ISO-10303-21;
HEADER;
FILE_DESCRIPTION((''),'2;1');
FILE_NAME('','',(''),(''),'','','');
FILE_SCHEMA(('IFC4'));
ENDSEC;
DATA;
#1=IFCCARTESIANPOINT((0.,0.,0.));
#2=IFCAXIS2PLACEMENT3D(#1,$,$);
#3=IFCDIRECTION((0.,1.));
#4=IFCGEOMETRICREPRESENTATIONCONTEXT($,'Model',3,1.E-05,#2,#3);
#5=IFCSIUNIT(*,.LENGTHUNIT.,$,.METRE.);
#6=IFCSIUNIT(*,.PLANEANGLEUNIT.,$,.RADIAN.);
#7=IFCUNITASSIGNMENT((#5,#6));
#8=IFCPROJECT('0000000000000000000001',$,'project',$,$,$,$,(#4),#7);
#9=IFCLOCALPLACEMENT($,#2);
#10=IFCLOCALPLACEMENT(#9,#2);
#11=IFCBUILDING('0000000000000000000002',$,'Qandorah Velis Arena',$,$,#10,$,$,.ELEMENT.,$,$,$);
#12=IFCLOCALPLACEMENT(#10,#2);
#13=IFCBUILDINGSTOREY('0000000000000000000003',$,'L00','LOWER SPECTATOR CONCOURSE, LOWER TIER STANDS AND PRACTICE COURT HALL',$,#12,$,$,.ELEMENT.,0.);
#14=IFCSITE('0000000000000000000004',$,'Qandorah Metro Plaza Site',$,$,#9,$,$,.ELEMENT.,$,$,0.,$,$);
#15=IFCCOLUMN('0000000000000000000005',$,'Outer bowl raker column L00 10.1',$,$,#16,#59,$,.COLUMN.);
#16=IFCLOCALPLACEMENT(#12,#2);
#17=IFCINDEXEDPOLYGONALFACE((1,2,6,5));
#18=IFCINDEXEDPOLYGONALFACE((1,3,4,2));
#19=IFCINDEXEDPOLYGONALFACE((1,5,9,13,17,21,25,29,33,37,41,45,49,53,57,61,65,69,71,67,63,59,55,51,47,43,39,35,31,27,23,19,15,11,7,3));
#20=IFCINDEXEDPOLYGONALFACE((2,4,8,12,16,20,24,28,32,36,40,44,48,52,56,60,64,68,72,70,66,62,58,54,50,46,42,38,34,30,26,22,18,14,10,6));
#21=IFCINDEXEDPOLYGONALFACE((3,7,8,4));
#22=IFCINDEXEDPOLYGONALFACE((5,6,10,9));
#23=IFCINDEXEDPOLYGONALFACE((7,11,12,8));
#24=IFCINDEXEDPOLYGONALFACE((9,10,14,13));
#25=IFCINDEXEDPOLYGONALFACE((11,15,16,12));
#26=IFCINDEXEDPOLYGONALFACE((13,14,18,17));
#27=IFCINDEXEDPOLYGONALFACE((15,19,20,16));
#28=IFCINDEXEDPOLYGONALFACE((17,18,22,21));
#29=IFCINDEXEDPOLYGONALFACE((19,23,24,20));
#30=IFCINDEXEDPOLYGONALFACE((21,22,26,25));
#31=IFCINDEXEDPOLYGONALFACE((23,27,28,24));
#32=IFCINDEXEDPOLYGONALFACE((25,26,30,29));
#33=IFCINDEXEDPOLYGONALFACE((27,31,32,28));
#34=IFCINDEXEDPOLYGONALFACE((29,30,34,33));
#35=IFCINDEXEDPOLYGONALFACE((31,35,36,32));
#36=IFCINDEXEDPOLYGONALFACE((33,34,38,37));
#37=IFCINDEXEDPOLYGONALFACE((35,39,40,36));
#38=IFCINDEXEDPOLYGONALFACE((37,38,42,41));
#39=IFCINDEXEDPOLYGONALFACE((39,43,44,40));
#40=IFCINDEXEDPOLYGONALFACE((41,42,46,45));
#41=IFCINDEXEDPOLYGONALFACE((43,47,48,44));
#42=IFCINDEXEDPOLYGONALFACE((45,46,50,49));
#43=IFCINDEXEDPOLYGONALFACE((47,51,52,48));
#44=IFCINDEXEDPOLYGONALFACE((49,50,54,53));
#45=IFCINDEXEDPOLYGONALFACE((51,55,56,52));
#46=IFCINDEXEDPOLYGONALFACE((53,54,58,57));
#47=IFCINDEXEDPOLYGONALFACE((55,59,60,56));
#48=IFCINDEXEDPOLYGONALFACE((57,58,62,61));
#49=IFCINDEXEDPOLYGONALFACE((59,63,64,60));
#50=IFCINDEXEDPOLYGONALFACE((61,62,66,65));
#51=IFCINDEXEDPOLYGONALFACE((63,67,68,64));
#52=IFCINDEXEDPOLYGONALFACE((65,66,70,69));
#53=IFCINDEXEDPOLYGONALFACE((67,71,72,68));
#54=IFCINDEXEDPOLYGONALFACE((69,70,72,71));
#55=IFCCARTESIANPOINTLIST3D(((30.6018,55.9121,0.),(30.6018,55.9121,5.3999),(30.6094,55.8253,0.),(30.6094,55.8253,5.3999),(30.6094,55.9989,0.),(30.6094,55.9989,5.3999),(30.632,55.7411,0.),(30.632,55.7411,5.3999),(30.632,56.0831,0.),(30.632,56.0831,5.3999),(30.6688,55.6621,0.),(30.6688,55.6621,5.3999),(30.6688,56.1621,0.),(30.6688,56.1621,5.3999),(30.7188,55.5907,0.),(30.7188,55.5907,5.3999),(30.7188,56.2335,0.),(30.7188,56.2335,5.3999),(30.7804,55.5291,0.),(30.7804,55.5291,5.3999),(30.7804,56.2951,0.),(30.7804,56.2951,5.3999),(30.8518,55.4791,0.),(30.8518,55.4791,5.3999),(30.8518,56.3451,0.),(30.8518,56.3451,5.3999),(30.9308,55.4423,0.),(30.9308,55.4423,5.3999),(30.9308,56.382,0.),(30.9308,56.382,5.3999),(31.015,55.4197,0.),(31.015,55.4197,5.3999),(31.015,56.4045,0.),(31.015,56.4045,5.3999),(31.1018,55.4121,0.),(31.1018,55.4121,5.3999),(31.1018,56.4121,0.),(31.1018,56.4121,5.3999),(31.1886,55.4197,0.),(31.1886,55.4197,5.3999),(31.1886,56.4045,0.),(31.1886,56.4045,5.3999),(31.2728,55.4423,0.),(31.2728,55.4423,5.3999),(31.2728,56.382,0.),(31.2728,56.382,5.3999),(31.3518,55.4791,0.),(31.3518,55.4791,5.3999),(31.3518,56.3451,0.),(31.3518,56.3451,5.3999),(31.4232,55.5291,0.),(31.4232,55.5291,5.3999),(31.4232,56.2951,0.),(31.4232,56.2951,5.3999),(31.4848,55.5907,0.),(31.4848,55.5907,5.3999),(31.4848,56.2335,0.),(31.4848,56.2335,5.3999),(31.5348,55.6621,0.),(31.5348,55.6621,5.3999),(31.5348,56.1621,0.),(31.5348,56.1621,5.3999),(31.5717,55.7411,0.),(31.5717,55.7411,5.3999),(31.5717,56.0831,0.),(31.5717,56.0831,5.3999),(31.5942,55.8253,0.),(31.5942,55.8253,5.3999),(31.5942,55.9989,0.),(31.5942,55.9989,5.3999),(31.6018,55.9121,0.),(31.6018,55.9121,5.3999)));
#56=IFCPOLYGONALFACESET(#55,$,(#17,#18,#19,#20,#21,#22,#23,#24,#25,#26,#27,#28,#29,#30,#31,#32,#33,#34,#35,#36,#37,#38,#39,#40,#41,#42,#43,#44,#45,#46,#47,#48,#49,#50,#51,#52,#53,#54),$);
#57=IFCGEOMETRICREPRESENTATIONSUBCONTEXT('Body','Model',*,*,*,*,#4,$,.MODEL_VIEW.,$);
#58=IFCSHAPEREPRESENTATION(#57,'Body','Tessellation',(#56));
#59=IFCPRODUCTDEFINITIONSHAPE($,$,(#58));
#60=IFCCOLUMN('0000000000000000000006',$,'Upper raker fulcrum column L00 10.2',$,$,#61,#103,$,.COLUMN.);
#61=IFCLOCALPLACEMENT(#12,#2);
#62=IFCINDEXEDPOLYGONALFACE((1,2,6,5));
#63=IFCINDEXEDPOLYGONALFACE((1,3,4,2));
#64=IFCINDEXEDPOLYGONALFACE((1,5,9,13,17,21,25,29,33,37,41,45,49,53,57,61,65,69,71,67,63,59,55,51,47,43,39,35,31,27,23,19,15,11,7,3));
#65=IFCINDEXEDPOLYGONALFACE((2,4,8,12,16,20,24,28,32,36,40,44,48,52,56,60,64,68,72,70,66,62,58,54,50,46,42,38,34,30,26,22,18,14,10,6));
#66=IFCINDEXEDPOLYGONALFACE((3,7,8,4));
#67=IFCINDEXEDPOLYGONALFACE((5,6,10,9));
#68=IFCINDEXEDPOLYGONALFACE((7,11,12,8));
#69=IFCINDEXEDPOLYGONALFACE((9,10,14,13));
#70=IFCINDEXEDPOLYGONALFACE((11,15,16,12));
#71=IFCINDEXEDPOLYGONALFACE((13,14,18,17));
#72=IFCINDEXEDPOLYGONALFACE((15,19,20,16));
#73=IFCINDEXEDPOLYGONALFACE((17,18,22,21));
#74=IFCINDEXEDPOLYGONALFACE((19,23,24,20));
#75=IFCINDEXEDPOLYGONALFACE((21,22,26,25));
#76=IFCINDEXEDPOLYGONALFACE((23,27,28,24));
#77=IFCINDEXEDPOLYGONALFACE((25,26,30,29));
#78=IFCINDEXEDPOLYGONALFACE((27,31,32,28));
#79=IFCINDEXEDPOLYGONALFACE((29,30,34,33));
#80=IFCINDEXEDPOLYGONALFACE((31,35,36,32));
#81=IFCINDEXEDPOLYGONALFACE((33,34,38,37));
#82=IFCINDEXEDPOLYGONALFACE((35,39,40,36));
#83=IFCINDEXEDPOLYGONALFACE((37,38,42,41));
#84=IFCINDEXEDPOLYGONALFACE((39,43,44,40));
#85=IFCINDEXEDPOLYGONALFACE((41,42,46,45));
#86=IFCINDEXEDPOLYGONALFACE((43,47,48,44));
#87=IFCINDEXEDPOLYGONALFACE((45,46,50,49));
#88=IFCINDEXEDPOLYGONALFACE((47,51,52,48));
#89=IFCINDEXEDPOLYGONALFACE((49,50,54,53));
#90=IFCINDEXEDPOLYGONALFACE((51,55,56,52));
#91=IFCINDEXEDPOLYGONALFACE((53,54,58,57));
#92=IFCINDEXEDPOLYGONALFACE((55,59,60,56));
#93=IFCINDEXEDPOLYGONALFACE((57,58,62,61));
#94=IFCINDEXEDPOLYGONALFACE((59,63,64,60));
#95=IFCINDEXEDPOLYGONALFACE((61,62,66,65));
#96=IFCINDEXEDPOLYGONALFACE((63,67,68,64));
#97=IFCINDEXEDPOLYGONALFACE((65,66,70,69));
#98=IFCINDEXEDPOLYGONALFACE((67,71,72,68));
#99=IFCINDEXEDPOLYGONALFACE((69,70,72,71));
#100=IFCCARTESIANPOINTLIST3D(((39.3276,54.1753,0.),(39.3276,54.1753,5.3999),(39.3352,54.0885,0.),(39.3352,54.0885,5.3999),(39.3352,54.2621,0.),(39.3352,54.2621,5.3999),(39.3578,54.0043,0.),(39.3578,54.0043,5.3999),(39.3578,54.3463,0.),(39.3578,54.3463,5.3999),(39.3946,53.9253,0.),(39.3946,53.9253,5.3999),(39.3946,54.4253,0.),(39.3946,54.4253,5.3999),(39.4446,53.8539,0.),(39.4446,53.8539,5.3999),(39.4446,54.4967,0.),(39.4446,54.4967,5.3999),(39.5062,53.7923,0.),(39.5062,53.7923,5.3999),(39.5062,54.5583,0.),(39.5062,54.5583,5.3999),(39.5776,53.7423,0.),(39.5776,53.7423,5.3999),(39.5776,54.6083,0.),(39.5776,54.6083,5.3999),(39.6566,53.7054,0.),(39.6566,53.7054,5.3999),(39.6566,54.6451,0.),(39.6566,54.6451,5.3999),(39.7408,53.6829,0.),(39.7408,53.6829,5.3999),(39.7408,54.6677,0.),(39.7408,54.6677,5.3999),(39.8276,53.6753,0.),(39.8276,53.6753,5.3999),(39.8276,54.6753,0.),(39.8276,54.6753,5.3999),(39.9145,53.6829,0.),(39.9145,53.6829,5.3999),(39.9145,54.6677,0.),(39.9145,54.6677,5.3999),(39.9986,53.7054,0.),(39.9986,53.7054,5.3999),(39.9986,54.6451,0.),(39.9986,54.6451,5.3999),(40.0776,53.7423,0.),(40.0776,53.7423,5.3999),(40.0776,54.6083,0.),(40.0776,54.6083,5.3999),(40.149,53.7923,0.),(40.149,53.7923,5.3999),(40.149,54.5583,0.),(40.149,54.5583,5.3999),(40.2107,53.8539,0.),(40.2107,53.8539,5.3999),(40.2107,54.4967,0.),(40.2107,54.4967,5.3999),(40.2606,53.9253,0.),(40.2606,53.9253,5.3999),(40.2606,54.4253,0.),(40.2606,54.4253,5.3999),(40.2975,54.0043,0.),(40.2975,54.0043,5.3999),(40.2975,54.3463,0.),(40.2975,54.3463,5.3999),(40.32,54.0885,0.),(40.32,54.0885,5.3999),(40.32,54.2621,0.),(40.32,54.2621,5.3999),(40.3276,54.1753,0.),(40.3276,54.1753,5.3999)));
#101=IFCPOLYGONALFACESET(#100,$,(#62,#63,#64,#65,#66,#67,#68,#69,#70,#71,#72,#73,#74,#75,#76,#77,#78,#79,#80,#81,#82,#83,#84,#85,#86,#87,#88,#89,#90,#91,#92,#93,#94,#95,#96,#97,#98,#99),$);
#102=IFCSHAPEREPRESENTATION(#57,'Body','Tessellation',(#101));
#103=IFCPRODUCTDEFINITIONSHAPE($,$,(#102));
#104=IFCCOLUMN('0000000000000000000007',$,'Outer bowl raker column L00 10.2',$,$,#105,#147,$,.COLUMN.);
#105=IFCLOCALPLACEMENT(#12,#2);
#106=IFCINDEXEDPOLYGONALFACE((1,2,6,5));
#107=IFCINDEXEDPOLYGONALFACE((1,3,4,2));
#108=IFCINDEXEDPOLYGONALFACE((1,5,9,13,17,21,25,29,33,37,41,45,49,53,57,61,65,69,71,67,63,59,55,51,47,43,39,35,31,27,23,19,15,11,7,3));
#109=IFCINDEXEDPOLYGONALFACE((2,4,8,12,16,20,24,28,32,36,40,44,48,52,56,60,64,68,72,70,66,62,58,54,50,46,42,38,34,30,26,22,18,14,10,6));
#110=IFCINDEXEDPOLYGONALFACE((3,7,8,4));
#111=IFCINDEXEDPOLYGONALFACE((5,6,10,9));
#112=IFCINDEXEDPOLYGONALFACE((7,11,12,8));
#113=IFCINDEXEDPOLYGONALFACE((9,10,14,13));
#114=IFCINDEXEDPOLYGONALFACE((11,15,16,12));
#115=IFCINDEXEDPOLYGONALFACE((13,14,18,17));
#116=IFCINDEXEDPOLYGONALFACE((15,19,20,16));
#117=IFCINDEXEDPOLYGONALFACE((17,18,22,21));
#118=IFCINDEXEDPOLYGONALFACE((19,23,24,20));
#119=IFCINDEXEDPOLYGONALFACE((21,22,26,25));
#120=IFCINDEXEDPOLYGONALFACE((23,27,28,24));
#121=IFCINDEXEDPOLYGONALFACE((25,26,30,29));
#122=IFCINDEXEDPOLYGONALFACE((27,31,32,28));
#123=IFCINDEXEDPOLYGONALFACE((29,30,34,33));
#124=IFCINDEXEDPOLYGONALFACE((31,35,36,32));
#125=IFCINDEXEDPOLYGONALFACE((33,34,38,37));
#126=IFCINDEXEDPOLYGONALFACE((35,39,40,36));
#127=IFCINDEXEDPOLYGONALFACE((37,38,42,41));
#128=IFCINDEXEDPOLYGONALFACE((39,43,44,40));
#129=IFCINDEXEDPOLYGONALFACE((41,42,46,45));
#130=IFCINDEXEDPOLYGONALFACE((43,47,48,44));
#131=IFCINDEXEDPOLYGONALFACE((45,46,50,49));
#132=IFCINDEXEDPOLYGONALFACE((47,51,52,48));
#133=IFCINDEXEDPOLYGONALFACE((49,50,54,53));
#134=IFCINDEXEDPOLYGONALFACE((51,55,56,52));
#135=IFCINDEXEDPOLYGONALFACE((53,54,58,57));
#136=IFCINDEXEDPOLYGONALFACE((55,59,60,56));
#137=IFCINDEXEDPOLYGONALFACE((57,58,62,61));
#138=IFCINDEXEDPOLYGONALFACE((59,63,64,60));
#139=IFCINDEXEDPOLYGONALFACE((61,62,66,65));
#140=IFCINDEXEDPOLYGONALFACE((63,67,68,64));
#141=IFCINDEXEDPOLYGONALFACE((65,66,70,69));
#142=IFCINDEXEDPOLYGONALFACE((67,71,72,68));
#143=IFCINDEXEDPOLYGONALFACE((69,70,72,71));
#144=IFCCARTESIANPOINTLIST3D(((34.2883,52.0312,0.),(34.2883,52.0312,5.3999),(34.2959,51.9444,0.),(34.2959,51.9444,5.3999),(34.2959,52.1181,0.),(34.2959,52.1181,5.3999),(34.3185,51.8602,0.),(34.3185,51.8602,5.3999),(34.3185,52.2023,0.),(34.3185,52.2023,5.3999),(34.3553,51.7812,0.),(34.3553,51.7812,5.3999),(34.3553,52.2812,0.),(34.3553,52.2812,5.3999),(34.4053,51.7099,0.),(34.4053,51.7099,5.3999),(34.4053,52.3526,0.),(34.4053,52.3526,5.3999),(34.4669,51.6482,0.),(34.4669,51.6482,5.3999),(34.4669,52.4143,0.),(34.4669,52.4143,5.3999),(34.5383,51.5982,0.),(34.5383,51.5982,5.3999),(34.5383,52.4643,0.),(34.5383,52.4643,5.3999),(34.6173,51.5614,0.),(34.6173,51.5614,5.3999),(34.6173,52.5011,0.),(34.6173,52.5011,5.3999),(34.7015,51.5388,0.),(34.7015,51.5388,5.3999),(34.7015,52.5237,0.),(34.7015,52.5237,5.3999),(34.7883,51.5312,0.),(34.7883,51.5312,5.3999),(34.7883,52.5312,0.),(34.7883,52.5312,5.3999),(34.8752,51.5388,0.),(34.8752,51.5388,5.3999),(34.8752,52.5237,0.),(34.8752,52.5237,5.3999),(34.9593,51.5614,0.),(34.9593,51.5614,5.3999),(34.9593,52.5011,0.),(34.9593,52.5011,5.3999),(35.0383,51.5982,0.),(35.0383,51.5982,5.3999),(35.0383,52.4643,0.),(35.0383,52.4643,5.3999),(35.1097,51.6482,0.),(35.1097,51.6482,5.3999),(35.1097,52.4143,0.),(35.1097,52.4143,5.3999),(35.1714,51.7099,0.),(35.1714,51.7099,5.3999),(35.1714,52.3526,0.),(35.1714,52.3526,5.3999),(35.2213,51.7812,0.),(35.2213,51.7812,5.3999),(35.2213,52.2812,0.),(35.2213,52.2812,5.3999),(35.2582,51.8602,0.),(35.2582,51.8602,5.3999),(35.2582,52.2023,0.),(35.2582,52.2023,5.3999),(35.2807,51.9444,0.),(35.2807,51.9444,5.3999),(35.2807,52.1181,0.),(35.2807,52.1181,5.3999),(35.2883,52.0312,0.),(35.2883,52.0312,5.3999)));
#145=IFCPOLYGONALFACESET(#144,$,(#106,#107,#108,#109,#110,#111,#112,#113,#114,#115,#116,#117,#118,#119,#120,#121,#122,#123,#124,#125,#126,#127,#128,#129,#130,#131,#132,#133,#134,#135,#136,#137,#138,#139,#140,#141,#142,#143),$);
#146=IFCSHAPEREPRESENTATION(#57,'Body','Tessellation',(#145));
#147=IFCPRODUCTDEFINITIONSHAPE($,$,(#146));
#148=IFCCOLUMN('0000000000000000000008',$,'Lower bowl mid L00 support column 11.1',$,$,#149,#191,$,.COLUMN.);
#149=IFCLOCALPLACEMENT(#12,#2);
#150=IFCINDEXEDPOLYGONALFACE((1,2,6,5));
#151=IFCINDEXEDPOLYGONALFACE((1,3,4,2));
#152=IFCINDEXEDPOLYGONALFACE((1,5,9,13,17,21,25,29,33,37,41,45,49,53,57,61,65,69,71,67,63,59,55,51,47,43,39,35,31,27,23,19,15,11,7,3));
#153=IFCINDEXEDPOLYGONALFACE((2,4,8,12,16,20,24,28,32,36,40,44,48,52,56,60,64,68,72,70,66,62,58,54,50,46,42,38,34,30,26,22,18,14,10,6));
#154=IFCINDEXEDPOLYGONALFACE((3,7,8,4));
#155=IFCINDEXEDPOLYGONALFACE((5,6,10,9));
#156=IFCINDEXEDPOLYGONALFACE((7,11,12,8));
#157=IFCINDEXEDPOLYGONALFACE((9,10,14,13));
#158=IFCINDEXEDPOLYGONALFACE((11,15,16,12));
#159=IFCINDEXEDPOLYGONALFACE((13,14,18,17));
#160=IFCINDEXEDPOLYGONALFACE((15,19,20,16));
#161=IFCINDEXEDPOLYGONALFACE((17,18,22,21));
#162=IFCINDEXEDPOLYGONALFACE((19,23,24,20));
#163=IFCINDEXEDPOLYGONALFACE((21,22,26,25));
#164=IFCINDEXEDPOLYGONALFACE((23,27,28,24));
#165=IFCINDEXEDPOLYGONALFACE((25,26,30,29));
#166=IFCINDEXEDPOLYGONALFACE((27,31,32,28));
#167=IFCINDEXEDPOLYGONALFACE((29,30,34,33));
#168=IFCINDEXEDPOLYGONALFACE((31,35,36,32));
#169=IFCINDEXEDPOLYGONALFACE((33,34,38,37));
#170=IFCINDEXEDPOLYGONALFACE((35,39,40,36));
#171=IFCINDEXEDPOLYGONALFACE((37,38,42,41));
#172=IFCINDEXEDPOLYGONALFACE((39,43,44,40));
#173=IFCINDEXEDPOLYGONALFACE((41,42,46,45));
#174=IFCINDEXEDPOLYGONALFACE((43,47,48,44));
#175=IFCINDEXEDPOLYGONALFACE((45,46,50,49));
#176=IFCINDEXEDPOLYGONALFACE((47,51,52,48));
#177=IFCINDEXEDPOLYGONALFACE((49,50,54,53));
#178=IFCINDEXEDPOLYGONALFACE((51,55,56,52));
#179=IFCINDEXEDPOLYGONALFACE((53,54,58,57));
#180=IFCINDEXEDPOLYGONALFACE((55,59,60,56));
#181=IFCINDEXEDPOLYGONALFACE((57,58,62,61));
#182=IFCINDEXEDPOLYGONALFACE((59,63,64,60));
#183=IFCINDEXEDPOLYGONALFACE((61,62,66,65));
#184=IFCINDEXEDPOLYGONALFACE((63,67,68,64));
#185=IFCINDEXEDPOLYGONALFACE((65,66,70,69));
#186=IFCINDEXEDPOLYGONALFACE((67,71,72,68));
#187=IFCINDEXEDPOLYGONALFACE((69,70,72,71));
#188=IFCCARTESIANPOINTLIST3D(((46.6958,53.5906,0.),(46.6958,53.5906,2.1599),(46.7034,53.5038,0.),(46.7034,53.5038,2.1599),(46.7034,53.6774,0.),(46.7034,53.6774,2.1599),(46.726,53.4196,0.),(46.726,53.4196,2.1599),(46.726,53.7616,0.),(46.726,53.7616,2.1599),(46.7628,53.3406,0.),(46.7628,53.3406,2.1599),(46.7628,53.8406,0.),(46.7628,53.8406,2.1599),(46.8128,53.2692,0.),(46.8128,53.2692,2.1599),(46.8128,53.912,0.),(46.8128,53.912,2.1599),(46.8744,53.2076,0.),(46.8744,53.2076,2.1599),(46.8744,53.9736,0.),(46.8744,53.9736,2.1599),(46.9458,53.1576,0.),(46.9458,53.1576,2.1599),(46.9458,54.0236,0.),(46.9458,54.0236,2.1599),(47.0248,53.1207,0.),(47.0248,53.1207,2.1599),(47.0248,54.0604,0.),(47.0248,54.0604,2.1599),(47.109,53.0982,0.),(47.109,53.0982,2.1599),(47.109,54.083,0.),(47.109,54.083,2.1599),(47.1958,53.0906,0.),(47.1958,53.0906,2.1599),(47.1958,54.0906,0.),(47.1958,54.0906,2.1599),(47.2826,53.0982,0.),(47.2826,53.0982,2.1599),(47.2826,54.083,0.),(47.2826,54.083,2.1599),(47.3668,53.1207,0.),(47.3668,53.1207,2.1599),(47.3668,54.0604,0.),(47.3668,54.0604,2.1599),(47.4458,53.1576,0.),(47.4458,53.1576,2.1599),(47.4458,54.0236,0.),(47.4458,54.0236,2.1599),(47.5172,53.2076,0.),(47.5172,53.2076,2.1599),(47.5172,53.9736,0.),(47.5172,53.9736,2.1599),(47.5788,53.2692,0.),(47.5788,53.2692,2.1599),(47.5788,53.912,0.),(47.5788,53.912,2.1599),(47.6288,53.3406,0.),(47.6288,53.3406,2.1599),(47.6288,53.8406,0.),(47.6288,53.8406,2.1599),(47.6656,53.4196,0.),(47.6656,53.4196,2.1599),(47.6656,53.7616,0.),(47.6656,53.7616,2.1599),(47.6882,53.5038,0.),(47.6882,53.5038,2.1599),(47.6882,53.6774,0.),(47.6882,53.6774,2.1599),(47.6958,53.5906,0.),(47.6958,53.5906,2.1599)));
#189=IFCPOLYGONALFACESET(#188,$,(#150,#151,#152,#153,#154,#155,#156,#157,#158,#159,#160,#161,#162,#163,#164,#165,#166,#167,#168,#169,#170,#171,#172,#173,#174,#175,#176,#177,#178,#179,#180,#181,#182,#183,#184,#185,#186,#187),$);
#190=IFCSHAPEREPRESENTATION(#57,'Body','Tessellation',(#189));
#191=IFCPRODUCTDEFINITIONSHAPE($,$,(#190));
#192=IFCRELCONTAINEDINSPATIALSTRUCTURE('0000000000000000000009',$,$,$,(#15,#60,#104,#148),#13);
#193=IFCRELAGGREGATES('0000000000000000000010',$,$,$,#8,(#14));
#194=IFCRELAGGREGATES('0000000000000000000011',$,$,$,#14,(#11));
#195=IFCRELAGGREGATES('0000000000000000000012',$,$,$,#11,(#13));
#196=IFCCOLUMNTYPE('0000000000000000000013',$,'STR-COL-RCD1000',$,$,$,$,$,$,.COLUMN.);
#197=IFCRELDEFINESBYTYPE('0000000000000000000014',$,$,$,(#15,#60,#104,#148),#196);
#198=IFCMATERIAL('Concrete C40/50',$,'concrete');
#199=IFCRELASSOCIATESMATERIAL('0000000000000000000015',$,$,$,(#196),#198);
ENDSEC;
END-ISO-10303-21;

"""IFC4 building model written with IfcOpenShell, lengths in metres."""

from ifc_helpers import new_model, si_unit, direction, frame, origin, origin_2d, place, context, subcontext, project, spatial, circle, extrude, material, material_profile, profile_set, type_object, element, save


model = new_model("IFC4")

# Units and contexts
model_context = context("Model", 3, precision=1e-05, world=origin(), true_north=direction((0.0, 1.0)))
body_context = subcontext(model_context, "Body", "Model", "MODEL_VIEW")
ifc_project = project(units=[si_unit("LENGTHUNIT", "METRE"), si_unit("PLANEANGLEUNIT", "RADIAN")], contexts=[model_context])

# Site, building, storey
site_placement = place(None, origin())
site = spatial("IfcSite", under=ifc_project, at=site_placement, Name="Qandorah Metro Plaza Site", CompositionType="ELEMENT", RefElevation=0.0)
building_placement = place(site_placement, origin())
building = spatial("IfcBuilding", under=site, at=building_placement, Name="Qandorah Velis Arena", CompositionType="ELEMENT")
storey_placement = place(building_placement, origin())
storey = spatial("IfcBuildingStorey", under=building, at=storey_placement, Name="L00", Description="LOWER SPECTATOR CONCOURSE, LOWER TIER STANDS AND PRACTICE COURT HALL", CompositionType="ELEMENT", Elevation=0.0)

# Columns
ifc_material_1 = material(Name="Concrete C40/50", Category="concrete")
ifc_material_profile_1 = material_profile(ifc_material_1, circle(Radius=0.5, at=origin_2d()), Name="RC D1000")
ifc_profile_set_1 = profile_set([ifc_material_profile_1], Name="Concrete C40/50")
column_type = type_object("IfcColumnType", Name="STR-COL-RCD1000", PredefinedType="COLUMN", material=ifc_profile_set_1)
for number, where, z_axis, x_axis, name in (
    (1, (31.1018, 55.9121, 0.0), (0.0, 0.0, 1.0), (1.0, 0.0, 0.0), "Outer bowl raker column L00 10.1"),
    (2, (39.8276, 54.1753, 0.0), (0.0, 0.0, 1.0), (1.0, 0.0, 0.0), "Upper raker fulcrum column L00 10.2"),
    (3, (34.7883, 52.0312, 0.0), (0.0, 0.0, 1.0), (1.0, 0.0, 0.0), "Outer bowl raker column L00 10.2"),
):
    element("IfcColumn", number, at=place(storey_placement, frame(where, z_axis=z_axis, x_axis=x_axis)), inside=storey, type_object=column_type, Name=name, PredefinedType="COLUMN", context=body_context, shape_type="SweptSolid", body=[
        extrude(circle(Radius=0.5, at=origin_2d()), origin(), (0.0, 0.0, 1.0), 5.3999),
    ])
column_1_placement = place(storey_placement, frame((47.1958, 53.5906, 0.0), z_axis=(0.0, 0.0, 1.0), x_axis=(1.0, 0.0, 0.0)))
element("IfcColumn", 4, at=column_1_placement, inside=storey, type_object=column_type, Name="Lower bowl mid L00 support column 11.1", PredefinedType="COLUMN", context=body_context, shape_type="SweptSolid", body=[
    extrude(circle(Radius=0.5, at=origin_2d()), origin(), (0.0, 0.0, 1.0), 2.1599),
])

save(model, "model.ifc")
